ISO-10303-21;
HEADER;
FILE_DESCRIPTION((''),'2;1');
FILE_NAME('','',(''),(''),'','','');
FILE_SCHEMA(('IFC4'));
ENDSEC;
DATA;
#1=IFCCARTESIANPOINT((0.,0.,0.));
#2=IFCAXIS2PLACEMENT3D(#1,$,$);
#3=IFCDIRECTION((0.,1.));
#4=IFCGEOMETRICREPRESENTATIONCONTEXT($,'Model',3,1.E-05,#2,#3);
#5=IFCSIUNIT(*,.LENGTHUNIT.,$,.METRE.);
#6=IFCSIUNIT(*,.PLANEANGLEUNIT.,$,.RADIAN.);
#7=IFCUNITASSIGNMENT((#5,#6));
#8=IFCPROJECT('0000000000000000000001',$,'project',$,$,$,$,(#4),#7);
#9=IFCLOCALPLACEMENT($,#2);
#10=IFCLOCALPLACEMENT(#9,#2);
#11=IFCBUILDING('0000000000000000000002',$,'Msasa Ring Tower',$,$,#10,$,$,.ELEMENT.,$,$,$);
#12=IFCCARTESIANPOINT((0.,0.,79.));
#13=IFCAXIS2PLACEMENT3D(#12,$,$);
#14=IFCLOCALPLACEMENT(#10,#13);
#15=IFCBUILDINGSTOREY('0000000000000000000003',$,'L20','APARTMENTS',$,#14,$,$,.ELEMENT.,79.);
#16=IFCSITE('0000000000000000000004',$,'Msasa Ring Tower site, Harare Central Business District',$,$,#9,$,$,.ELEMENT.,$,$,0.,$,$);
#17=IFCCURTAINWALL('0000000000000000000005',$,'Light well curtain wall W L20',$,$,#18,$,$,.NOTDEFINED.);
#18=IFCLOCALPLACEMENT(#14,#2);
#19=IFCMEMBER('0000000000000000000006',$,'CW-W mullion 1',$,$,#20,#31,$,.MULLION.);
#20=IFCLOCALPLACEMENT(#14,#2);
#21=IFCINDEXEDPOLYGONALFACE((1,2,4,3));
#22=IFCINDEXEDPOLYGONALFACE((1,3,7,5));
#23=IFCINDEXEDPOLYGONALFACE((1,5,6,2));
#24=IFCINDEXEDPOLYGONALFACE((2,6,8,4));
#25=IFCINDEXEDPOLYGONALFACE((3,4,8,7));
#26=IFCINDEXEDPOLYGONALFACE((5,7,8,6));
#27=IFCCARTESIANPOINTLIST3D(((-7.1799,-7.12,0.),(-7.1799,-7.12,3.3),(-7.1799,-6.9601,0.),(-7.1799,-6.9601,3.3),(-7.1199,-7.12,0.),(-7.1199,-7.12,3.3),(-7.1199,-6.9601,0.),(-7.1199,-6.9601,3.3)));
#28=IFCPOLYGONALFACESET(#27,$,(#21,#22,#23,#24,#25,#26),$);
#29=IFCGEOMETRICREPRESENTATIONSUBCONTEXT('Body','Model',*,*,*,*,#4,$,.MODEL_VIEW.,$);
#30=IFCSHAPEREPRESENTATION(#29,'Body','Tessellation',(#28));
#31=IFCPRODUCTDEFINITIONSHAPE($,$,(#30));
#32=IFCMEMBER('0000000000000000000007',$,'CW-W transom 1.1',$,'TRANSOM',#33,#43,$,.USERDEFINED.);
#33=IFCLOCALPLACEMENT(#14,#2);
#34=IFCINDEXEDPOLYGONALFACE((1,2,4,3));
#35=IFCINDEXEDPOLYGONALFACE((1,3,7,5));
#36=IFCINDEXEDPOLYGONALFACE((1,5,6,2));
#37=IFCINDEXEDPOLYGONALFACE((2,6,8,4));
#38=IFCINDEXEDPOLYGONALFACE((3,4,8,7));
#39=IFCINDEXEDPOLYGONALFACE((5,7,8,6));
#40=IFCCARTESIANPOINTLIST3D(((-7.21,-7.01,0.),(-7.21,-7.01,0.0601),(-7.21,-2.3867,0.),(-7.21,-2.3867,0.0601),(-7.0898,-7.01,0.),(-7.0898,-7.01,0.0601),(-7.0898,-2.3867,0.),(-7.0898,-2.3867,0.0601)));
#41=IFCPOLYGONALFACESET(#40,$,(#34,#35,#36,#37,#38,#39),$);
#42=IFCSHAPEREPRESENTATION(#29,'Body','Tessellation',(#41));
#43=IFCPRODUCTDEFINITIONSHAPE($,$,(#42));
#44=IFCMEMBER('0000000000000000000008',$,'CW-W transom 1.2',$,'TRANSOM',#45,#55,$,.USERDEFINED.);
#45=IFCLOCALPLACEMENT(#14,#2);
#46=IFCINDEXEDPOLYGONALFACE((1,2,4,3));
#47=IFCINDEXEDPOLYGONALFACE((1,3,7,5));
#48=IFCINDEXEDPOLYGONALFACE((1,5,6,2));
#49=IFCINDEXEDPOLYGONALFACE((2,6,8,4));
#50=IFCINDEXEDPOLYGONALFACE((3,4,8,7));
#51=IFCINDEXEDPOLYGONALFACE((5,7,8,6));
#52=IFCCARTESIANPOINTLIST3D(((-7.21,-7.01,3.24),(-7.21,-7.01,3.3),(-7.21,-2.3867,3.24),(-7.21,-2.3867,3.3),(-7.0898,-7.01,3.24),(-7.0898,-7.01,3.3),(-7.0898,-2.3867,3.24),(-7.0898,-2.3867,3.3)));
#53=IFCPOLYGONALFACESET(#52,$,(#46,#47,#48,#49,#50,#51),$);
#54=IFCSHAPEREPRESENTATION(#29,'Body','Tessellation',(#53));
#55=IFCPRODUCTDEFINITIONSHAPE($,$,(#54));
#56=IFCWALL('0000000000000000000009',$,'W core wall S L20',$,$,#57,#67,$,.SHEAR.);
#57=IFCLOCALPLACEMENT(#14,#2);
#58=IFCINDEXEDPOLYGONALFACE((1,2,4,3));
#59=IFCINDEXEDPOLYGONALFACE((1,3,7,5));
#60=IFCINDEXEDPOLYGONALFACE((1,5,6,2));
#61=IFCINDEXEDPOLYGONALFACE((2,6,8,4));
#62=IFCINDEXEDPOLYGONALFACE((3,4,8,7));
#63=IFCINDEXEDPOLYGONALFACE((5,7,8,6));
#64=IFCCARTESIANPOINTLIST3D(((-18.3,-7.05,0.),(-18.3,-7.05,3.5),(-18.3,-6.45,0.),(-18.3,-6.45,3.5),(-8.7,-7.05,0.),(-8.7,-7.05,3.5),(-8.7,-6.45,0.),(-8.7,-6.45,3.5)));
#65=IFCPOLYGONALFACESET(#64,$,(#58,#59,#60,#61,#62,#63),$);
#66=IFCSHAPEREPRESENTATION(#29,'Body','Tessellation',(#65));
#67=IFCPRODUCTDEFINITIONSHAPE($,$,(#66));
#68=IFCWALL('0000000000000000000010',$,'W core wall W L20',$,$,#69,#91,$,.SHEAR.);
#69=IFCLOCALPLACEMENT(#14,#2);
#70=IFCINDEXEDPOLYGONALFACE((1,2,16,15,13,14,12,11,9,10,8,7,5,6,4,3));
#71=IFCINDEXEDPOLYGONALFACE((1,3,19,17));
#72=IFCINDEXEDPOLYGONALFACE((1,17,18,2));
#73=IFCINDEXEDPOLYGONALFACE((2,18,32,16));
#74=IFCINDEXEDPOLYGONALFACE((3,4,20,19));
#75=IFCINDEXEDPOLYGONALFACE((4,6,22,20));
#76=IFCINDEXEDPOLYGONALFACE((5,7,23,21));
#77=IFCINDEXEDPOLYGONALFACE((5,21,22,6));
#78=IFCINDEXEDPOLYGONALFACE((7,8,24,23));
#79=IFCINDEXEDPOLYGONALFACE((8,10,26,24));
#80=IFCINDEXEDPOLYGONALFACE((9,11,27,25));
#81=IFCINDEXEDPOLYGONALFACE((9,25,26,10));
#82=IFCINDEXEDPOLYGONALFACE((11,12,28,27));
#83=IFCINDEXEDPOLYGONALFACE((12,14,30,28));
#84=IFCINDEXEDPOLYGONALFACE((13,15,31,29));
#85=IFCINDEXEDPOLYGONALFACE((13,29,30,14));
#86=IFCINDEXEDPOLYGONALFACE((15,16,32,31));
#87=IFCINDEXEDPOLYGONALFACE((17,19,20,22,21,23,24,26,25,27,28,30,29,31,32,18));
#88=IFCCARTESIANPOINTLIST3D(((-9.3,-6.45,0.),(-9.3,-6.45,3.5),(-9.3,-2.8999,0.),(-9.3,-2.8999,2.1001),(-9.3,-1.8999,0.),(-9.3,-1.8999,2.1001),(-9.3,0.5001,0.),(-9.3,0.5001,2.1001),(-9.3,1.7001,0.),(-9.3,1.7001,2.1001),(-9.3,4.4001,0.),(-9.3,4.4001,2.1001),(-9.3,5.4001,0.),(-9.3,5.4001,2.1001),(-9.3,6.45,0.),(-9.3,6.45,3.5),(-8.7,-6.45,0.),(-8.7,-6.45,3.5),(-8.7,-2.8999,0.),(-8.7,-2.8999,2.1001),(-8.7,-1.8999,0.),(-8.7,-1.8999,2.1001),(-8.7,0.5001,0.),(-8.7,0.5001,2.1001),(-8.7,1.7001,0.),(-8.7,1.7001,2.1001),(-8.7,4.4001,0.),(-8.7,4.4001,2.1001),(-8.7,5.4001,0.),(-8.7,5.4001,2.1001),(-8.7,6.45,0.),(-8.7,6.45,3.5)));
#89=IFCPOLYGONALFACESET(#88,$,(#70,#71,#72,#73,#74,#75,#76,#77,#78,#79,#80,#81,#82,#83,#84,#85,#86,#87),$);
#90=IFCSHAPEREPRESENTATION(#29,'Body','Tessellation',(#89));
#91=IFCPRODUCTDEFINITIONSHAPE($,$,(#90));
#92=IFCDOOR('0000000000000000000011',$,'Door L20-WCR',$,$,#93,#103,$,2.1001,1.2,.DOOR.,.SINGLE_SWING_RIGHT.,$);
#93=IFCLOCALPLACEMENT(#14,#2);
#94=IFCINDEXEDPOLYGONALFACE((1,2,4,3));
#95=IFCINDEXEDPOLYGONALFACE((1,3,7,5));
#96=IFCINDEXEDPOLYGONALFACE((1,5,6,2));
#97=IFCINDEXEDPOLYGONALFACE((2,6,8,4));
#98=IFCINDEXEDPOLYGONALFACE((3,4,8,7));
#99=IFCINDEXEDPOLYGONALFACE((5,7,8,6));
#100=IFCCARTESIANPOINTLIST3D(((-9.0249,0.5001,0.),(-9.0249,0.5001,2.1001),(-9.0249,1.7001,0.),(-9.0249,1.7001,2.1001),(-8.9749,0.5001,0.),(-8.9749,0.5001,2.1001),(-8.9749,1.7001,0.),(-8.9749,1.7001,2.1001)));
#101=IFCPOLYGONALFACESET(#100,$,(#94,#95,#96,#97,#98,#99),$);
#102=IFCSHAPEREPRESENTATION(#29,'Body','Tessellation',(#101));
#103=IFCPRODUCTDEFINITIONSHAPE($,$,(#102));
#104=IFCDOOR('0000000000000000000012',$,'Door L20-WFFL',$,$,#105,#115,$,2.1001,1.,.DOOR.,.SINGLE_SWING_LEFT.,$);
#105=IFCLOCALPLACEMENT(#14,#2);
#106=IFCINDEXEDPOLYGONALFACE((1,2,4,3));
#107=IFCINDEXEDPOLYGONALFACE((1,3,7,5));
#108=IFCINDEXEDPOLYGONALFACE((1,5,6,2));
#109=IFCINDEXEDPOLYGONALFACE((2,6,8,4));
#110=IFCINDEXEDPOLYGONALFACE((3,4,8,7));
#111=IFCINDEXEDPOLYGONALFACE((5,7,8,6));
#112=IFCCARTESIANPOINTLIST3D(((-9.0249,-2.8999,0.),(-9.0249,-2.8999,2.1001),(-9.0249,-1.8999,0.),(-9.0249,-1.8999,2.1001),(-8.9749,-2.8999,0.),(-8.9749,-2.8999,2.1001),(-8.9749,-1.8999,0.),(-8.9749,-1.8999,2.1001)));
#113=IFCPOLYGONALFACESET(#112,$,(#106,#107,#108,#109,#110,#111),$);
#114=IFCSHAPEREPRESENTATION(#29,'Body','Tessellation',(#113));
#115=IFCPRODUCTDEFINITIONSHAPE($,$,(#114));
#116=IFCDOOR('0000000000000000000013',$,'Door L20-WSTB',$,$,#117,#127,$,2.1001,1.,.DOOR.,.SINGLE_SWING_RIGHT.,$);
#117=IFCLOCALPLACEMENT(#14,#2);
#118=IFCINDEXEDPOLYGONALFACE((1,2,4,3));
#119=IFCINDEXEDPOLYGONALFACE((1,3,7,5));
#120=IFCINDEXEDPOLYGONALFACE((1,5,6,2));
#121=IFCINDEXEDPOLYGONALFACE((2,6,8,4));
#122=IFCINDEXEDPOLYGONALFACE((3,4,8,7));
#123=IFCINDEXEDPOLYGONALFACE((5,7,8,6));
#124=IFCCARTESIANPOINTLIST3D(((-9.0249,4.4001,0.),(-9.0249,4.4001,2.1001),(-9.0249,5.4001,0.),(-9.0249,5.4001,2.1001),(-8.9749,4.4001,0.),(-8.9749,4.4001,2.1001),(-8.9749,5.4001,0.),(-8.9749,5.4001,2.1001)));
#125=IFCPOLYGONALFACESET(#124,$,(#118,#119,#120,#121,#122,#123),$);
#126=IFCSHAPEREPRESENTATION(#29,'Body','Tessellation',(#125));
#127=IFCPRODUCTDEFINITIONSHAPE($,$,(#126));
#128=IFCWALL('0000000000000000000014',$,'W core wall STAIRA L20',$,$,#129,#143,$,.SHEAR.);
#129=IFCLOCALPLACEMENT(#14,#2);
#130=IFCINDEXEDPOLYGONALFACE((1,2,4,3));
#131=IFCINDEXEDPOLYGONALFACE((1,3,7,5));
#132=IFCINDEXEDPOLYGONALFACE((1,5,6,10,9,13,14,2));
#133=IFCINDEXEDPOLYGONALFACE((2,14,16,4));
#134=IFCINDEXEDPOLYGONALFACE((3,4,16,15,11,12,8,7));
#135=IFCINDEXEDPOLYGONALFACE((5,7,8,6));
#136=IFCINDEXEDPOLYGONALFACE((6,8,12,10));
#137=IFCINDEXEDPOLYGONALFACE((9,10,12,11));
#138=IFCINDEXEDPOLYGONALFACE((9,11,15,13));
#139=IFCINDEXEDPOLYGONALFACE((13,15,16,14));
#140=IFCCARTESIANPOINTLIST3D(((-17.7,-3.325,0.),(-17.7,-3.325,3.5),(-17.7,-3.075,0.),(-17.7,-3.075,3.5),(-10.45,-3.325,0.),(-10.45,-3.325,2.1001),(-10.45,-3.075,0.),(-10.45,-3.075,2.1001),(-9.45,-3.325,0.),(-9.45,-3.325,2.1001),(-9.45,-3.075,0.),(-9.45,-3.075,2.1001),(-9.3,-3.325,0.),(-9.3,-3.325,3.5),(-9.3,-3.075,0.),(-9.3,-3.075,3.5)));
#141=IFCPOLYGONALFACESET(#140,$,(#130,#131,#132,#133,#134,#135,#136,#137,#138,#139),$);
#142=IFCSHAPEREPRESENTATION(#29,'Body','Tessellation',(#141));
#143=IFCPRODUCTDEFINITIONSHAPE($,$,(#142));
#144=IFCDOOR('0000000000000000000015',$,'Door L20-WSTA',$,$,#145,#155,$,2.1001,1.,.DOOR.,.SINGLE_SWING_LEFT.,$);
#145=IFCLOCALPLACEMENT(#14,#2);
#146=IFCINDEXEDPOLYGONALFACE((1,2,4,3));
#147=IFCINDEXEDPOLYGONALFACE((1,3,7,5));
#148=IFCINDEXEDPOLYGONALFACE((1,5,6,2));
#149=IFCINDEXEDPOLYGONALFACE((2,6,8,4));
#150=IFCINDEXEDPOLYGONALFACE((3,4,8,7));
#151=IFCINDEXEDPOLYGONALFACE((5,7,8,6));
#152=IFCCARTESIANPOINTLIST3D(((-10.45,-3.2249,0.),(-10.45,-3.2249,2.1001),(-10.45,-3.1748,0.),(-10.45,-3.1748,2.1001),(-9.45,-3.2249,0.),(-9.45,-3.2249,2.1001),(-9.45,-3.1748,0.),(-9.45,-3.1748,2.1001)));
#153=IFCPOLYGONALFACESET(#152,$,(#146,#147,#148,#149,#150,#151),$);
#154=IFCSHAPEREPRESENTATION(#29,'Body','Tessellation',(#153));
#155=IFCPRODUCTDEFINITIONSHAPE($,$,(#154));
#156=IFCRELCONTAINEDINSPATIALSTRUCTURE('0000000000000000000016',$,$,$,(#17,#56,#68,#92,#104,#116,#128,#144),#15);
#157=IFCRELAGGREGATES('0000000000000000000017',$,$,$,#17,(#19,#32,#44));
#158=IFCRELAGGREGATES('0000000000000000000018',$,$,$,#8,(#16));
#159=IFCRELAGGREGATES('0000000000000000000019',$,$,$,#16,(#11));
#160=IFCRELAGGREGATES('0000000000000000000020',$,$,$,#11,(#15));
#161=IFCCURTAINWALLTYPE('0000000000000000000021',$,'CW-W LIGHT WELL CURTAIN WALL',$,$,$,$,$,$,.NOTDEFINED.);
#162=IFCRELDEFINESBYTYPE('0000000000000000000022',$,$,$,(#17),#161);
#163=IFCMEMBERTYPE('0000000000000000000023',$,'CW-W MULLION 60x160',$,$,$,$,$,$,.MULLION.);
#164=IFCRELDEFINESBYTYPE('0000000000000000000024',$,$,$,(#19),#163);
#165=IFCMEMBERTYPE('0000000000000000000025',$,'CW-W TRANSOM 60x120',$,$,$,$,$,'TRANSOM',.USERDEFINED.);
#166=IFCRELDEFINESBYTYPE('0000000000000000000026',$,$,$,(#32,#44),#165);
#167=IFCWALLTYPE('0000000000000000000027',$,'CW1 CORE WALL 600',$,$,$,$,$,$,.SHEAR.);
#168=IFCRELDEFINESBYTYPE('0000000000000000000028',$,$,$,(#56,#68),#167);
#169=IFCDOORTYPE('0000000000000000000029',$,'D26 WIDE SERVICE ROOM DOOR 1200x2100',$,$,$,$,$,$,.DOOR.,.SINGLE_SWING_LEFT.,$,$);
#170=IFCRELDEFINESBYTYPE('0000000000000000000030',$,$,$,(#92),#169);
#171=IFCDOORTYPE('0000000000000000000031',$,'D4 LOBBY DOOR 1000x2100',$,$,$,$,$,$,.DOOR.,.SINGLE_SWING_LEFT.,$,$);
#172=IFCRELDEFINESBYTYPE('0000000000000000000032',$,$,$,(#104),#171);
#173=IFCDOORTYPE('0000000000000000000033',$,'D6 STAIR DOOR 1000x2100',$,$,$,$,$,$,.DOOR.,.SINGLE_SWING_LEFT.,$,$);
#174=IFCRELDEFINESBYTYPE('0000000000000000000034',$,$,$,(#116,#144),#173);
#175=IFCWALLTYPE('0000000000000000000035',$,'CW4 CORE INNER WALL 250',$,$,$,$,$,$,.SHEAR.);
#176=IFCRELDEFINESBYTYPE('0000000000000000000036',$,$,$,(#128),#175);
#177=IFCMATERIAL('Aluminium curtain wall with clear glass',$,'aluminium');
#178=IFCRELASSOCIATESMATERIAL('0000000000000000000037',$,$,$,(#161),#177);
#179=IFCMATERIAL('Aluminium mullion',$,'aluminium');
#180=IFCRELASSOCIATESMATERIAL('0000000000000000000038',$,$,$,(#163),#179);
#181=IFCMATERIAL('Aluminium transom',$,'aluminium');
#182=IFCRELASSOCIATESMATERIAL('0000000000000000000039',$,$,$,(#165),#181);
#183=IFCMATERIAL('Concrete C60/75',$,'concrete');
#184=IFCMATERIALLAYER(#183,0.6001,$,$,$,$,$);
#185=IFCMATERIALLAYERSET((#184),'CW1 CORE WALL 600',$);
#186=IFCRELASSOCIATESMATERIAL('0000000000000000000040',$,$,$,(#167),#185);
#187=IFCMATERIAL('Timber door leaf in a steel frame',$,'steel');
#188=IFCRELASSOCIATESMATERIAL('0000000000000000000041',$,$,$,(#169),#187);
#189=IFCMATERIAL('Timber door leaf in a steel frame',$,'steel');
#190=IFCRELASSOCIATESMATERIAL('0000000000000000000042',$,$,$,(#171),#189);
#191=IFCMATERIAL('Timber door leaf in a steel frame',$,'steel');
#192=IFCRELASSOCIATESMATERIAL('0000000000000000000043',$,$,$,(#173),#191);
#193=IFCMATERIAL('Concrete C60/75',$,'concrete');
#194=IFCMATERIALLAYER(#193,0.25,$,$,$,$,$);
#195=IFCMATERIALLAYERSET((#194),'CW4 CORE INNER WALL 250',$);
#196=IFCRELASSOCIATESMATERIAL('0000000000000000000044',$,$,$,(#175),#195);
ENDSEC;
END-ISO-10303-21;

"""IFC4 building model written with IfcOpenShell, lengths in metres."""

from ifc_helpers import new_model, si_unit, direction, frame, frame_2d, origin, origin_2d, place, context, subcontext, project, spatial, rectangle, extrude, material, layer, layer_set, material_profile, profile_set, type_object, element, fill, aggregate, save


model = new_model("IFC4")

# Units and contexts
model_context = context("Model", 3, precision=1e-05, world=origin(), true_north=direction((0.0, 1.0)))
body_context = subcontext(model_context, "Body", "Model", "MODEL_VIEW")
ifc_project = project(units=[si_unit("LENGTHUNIT", "METRE"), si_unit("PLANEANGLEUNIT", "RADIAN")], contexts=[model_context])

# Site, building, storey
site_placement = place(None, origin())
site = spatial("IfcSite", under=ifc_project, at=site_placement, Name="Msasa Ring Tower site, Harare Central Business District", CompositionType="ELEMENT", RefElevation=0.0)
building_placement = place(site_placement, origin())
building = spatial("IfcBuilding", under=site, at=building_placement, Name="Msasa Ring Tower", CompositionType="ELEMENT")
storey_placement = place(building_placement, frame((0.0, 0.0, 79.0)))
storey = spatial("IfcBuildingStorey", under=building, at=storey_placement, Name="L20", Description="APARTMENTS", CompositionType="ELEMENT", Elevation=79.0)

# Curtain wall, members
ifc_material_1 = material(Name="Aluminium curtain wall with clear glass", Category="aluminium")
curtain_wall_type = type_object("IfcCurtainWallType", Name="CW-W LIGHT WELL CURTAIN WALL", PredefinedType="NOTDEFINED", material=ifc_material_1)
curtain_wall_placement = place(storey_placement, origin())
curtain_wall = element("IfcCurtainWall", 1, at=curtain_wall_placement, inside=storey, type_object=curtain_wall_type, Name="Light well curtain wall W L20", PredefinedType="NOTDEFINED")
ifc_material_2 = material(Name="Aluminium mullion", Category="aluminium")
ifc_material_profile_1 = material_profile(ifc_material_2, rectangle(XDim=0.0601, YDim=0.1599, at=origin_2d()), Name="AL 60x160")
ifc_profile_set_1 = profile_set([ifc_material_profile_1], Name="Aluminium mullion")
member_type_1 = type_object("IfcMemberType", Name="CW-W MULLION 60x160", PredefinedType="MULLION", material=ifc_profile_set_1)
member_1_placement = place(storey_placement, frame((-7.1499, -7.04, 0.0), z_axis=(0.0, 0.0, 1.0), x_axis=(-1.0, 0.0, 0.0)))
member_1 = element("IfcMember", 2, at=member_1_placement, type_object=member_type_1, Name="CW-W mullion 1", PredefinedType="MULLION", context=body_context, shape_type="SweptSolid", body=[
    extrude(rectangle(XDim=0.0601, YDim=0.1599, at=origin_2d()), origin(), (0.0, 0.0, 1.0), 3.3),
])
ifc_material_3 = material(Name="Aluminium transom", Category="aluminium")
ifc_material_profile_2 = material_profile(ifc_material_3, rectangle(XDim=0.1201, YDim=0.0601, at=origin_2d()), Name="AL 60x120")
ifc_profile_set_2 = profile_set([ifc_material_profile_2], Name="Aluminium transom")
member_type_2 = type_object("IfcMemberType", Name="CW-W TRANSOM 60x120", ElementType="TRANSOM", PredefinedType="USERDEFINED", material=ifc_profile_set_2)
member_2_placement = place(storey_placement, frame((-7.1499, -7.01, 0.03), z_axis=(0.0, 1.0, 0.0), x_axis=(-1.0, 0.0, 0.0)))
member_2 = element("IfcMember", 3, at=member_2_placement, type_object=member_type_2, Name="CW-W transom 1.1", ObjectType="TRANSOM", PredefinedType="USERDEFINED", context=body_context, shape_type="SweptSolid", body=[
    extrude(rectangle(XDim=0.1201, YDim=0.0601, at=origin_2d()), origin(), (0.0, 0.0, 1.0), 4.6233),
])
member_3_placement = place(storey_placement, frame((-7.1499, -7.01, 3.27), z_axis=(0.0, 1.0, 0.0), x_axis=(-1.0, 0.0, 0.0)))
member_3 = element("IfcMember", 4, at=member_3_placement, type_object=member_type_2, Name="CW-W transom 1.2", ObjectType="TRANSOM", PredefinedType="USERDEFINED", context=body_context, shape_type="SweptSolid", body=[
    extrude(rectangle(XDim=0.1201, YDim=0.0601, at=origin_2d()), origin(), (0.0, 0.0, 1.0), 4.6233),
])
aggregate(curtain_wall, [member_1, member_2, member_3])

# Wall
ifc_material_4 = material(Name="Concrete C60/75", Category="concrete")
ifc_layer_1 = layer(ifc_material_4, 0.6001)
ifc_layer_set_1 = layer_set([ifc_layer_1], Name="CW1 CORE WALL 600")
wall_type_1 = type_object("IfcWallType", Name="CW1 CORE WALL 600", PredefinedType="SHEAR", material=ifc_layer_set_1)
wall_1_placement = place(storey_placement, frame((-8.7, -6.75, 0.0), z_axis=(0.0, 0.0, 1.0), x_axis=(-1.0, 0.0, 0.0)))
element("IfcWall", 5, at=wall_1_placement, inside=storey, type_object=wall_type_1, Name="W core wall S L20", PredefinedType="SHEAR", context=body_context, shape_type="SweptSolid", body=[
    extrude(rectangle(XDim=9.6001, YDim=0.6001, at=frame_2d((4.8, 0.0))), origin(), (0.0, 0.0, 1.0), 3.5),
])

# Wall, openings, doors
wall_2_placement = place(storey_placement, frame((-9.0, -6.45, 0.0), z_axis=(0.0, 0.0, 1.0), x_axis=(0.0, 1.0, 0.0)))
wall_2 = element("IfcWall", 6, at=wall_2_placement, inside=storey, type_object=wall_type_1, Name="W core wall W L20", PredefinedType="SHEAR", context=body_context, shape_type="SweptSolid", body=[
    extrude(rectangle(XDim=12.8999, YDim=0.6001, at=frame_2d((6.45, 0.0))), origin(), (0.0, 0.0, 1.0), 3.5),
])
opening_1_placement = place(wall_2_placement, frame((3.55, 0.0, 0.0)))
opening_1 = element("IfcOpeningElement", 7, at=opening_1_placement, cuts=wall_2, PredefinedType="OPENING", context=body_context, shape_type="SweptSolid", body=[
    extrude(rectangle(XDim=1.0, YDim=2.1001, at=frame_2d((0.5, 1.05))), frame((0.0, 0.3101, 0.0), z_axis=(0.0, -1.0, 0.0), x_axis=(1.0, 0.0, 0.0)), (0.0, 0.0, 1.0), 0.6201),
])
opening_2_placement = place(wall_2_placement, frame((6.95, 0.0, 0.0)))
opening_2 = element("IfcOpeningElement", 8, at=opening_2_placement, cuts=wall_2, PredefinedType="OPENING", context=body_context, shape_type="SweptSolid", body=[
    extrude(rectangle(XDim=1.2, YDim=2.1001, at=frame_2d((0.6001, 1.05))), frame((0.0, 0.3101, 0.0), z_axis=(0.0, -1.0, 0.0), x_axis=(1.0, 0.0, 0.0)), (0.0, 0.0, 1.0), 0.6201),
])
opening_3_placement = place(wall_2_placement, frame((10.8501, 0.0, 0.0)))
opening_3 = element("IfcOpeningElement", 9, at=opening_3_placement, cuts=wall_2, PredefinedType="OPENING", context=body_context, shape_type="SweptSolid", body=[
    extrude(rectangle(XDim=1.0, YDim=2.1001, at=frame_2d((0.5, 1.05))), frame((0.0, 0.3101, 0.0), z_axis=(0.0, -1.0, 0.0), x_axis=(1.0, 0.0, 0.0)), (0.0, 0.0, 1.0), 0.6201),
])
ifc_material_5 = material(Name="Timber door leaf in a steel frame", Category="steel")
door_type_1 = type_object("IfcDoorType", Name="D26 WIDE SERVICE ROOM DOOR 1200x2100", OperationType="SINGLE_SWING_LEFT", PredefinedType="DOOR", material=ifc_material_5)
door_1_placement = place(opening_2_placement, origin())
door_1 = element("IfcDoor", 10, at=door_1_placement, inside=storey, type_object=door_type_1, Name="Door L20-WCR", OperationType="SINGLE_SWING_RIGHT", OverallHeight=2.1001, OverallWidth=1.2, PredefinedType="DOOR", context=body_context, shape_type="SweptSolid", body=[
    extrude(rectangle(XDim=1.2, YDim=2.1001, at=frame_2d((0.6001, 1.05))), frame((0.0, 0.0249, 0.0), z_axis=(0.0, -1.0, 0.0), x_axis=(1.0, 0.0, 0.0)), (0.0, 0.0, 1.0), 0.05),
])
fill(opening_2, door_1)
ifc_material_6 = material(Name="Timber door leaf in a steel frame", Category="steel")
door_type_2 = type_object("IfcDoorType", Name="D4 LOBBY DOOR 1000x2100", OperationType="SINGLE_SWING_LEFT", PredefinedType="DOOR", material=ifc_material_6)
door_2_placement = place(opening_1_placement, origin())
door_2 = element("IfcDoor", 11, at=door_2_placement, inside=storey, type_object=door_type_2, Name="Door L20-WFFL", OperationType="SINGLE_SWING_LEFT", OverallHeight=2.1001, OverallWidth=1.0, PredefinedType="DOOR", context=body_context, shape_type="SweptSolid", body=[
    extrude(rectangle(XDim=1.0, YDim=2.1001, at=frame_2d((0.5, 1.05))), frame((0.0, 0.0249, 0.0), z_axis=(0.0, -1.0, 0.0), x_axis=(1.0, 0.0, 0.0)), (0.0, 0.0, 1.0), 0.05),
])
fill(opening_1, door_2)
ifc_material_7 = material(Name="Timber door leaf in a steel frame", Category="steel")
door_type_3 = type_object("IfcDoorType", Name="D6 STAIR DOOR 1000x2100", OperationType="SINGLE_SWING_LEFT", PredefinedType="DOOR", material=ifc_material_7)
door_3_placement = place(opening_3_placement, origin())
door_3 = element("IfcDoor", 12, at=door_3_placement, inside=storey, type_object=door_type_3, Name="Door L20-WSTB", OperationType="SINGLE_SWING_RIGHT", OverallHeight=2.1001, OverallWidth=1.0, PredefinedType="DOOR", context=body_context, shape_type="SweptSolid", body=[
    extrude(rectangle(XDim=1.0, YDim=2.1001, at=frame_2d((0.5, 1.05))), frame((0.0, 0.0249, 0.0), z_axis=(0.0, -1.0, 0.0), x_axis=(1.0, 0.0, 0.0)), (0.0, 0.0, 1.0), 0.05),
])
fill(opening_3, door_3)

# Wall, opening, door
ifc_material_8 = material(Name="Concrete C60/75", Category="concrete")
ifc_layer_2 = layer(ifc_material_8, 0.25)
ifc_layer_set_2 = layer_set([ifc_layer_2], Name="CW4 CORE INNER WALL 250")
wall_type_2 = type_object("IfcWallType", Name="CW4 CORE INNER WALL 250", PredefinedType="SHEAR", material=ifc_layer_set_2)
wall_3_placement = place(storey_placement, frame((-9.3, -3.2, 0.0), z_axis=(0.0, 0.0, 1.0), x_axis=(-1.0, 0.0, 0.0)))
wall_3 = element("IfcWall", 13, at=wall_3_placement, inside=storey, type_object=wall_type_2, Name="W core wall STAIRA L20", PredefinedType="SHEAR", context=body_context, shape_type="SweptSolid", body=[
    extrude(rectangle(XDim=8.3999, YDim=0.25, at=frame_2d((4.2, 0.0))), origin(), (0.0, 0.0, 1.0), 3.5),
])
opening_4_placement = place(wall_3_placement, frame((0.1499, 0.0, 0.0)))
opening_4 = element("IfcOpeningElement", 14, at=opening_4_placement, cuts=wall_3, PredefinedType="OPENING", context=body_context, shape_type="SweptSolid", body=[
    extrude(rectangle(XDim=1.0, YDim=2.1001, at=frame_2d((0.5, 1.05))), frame((0.0, 0.135, 0.0), z_axis=(0.0, -1.0, 0.0), x_axis=(1.0, 0.0, 0.0)), (0.0, 0.0, 1.0), 0.27),
])
door_4_placement = place(opening_4_placement, origin())
door_4 = element("IfcDoor", 15, at=door_4_placement, inside=storey, type_object=door_type_3, Name="Door L20-WSTA", OperationType="SINGLE_SWING_LEFT", OverallHeight=2.1001, OverallWidth=1.0, PredefinedType="DOOR", context=body_context, shape_type="SweptSolid", body=[
    extrude(rectangle(XDim=1.0, YDim=2.1001, at=frame_2d((0.5, 1.05))), frame((0.0, 0.0249, 0.0), z_axis=(0.0, -1.0, 0.0), x_axis=(1.0, 0.0, 0.0)), (0.0, 0.0, 1.0), 0.05),
])
fill(opening_4, door_4)

save(model, "model.ifc")
